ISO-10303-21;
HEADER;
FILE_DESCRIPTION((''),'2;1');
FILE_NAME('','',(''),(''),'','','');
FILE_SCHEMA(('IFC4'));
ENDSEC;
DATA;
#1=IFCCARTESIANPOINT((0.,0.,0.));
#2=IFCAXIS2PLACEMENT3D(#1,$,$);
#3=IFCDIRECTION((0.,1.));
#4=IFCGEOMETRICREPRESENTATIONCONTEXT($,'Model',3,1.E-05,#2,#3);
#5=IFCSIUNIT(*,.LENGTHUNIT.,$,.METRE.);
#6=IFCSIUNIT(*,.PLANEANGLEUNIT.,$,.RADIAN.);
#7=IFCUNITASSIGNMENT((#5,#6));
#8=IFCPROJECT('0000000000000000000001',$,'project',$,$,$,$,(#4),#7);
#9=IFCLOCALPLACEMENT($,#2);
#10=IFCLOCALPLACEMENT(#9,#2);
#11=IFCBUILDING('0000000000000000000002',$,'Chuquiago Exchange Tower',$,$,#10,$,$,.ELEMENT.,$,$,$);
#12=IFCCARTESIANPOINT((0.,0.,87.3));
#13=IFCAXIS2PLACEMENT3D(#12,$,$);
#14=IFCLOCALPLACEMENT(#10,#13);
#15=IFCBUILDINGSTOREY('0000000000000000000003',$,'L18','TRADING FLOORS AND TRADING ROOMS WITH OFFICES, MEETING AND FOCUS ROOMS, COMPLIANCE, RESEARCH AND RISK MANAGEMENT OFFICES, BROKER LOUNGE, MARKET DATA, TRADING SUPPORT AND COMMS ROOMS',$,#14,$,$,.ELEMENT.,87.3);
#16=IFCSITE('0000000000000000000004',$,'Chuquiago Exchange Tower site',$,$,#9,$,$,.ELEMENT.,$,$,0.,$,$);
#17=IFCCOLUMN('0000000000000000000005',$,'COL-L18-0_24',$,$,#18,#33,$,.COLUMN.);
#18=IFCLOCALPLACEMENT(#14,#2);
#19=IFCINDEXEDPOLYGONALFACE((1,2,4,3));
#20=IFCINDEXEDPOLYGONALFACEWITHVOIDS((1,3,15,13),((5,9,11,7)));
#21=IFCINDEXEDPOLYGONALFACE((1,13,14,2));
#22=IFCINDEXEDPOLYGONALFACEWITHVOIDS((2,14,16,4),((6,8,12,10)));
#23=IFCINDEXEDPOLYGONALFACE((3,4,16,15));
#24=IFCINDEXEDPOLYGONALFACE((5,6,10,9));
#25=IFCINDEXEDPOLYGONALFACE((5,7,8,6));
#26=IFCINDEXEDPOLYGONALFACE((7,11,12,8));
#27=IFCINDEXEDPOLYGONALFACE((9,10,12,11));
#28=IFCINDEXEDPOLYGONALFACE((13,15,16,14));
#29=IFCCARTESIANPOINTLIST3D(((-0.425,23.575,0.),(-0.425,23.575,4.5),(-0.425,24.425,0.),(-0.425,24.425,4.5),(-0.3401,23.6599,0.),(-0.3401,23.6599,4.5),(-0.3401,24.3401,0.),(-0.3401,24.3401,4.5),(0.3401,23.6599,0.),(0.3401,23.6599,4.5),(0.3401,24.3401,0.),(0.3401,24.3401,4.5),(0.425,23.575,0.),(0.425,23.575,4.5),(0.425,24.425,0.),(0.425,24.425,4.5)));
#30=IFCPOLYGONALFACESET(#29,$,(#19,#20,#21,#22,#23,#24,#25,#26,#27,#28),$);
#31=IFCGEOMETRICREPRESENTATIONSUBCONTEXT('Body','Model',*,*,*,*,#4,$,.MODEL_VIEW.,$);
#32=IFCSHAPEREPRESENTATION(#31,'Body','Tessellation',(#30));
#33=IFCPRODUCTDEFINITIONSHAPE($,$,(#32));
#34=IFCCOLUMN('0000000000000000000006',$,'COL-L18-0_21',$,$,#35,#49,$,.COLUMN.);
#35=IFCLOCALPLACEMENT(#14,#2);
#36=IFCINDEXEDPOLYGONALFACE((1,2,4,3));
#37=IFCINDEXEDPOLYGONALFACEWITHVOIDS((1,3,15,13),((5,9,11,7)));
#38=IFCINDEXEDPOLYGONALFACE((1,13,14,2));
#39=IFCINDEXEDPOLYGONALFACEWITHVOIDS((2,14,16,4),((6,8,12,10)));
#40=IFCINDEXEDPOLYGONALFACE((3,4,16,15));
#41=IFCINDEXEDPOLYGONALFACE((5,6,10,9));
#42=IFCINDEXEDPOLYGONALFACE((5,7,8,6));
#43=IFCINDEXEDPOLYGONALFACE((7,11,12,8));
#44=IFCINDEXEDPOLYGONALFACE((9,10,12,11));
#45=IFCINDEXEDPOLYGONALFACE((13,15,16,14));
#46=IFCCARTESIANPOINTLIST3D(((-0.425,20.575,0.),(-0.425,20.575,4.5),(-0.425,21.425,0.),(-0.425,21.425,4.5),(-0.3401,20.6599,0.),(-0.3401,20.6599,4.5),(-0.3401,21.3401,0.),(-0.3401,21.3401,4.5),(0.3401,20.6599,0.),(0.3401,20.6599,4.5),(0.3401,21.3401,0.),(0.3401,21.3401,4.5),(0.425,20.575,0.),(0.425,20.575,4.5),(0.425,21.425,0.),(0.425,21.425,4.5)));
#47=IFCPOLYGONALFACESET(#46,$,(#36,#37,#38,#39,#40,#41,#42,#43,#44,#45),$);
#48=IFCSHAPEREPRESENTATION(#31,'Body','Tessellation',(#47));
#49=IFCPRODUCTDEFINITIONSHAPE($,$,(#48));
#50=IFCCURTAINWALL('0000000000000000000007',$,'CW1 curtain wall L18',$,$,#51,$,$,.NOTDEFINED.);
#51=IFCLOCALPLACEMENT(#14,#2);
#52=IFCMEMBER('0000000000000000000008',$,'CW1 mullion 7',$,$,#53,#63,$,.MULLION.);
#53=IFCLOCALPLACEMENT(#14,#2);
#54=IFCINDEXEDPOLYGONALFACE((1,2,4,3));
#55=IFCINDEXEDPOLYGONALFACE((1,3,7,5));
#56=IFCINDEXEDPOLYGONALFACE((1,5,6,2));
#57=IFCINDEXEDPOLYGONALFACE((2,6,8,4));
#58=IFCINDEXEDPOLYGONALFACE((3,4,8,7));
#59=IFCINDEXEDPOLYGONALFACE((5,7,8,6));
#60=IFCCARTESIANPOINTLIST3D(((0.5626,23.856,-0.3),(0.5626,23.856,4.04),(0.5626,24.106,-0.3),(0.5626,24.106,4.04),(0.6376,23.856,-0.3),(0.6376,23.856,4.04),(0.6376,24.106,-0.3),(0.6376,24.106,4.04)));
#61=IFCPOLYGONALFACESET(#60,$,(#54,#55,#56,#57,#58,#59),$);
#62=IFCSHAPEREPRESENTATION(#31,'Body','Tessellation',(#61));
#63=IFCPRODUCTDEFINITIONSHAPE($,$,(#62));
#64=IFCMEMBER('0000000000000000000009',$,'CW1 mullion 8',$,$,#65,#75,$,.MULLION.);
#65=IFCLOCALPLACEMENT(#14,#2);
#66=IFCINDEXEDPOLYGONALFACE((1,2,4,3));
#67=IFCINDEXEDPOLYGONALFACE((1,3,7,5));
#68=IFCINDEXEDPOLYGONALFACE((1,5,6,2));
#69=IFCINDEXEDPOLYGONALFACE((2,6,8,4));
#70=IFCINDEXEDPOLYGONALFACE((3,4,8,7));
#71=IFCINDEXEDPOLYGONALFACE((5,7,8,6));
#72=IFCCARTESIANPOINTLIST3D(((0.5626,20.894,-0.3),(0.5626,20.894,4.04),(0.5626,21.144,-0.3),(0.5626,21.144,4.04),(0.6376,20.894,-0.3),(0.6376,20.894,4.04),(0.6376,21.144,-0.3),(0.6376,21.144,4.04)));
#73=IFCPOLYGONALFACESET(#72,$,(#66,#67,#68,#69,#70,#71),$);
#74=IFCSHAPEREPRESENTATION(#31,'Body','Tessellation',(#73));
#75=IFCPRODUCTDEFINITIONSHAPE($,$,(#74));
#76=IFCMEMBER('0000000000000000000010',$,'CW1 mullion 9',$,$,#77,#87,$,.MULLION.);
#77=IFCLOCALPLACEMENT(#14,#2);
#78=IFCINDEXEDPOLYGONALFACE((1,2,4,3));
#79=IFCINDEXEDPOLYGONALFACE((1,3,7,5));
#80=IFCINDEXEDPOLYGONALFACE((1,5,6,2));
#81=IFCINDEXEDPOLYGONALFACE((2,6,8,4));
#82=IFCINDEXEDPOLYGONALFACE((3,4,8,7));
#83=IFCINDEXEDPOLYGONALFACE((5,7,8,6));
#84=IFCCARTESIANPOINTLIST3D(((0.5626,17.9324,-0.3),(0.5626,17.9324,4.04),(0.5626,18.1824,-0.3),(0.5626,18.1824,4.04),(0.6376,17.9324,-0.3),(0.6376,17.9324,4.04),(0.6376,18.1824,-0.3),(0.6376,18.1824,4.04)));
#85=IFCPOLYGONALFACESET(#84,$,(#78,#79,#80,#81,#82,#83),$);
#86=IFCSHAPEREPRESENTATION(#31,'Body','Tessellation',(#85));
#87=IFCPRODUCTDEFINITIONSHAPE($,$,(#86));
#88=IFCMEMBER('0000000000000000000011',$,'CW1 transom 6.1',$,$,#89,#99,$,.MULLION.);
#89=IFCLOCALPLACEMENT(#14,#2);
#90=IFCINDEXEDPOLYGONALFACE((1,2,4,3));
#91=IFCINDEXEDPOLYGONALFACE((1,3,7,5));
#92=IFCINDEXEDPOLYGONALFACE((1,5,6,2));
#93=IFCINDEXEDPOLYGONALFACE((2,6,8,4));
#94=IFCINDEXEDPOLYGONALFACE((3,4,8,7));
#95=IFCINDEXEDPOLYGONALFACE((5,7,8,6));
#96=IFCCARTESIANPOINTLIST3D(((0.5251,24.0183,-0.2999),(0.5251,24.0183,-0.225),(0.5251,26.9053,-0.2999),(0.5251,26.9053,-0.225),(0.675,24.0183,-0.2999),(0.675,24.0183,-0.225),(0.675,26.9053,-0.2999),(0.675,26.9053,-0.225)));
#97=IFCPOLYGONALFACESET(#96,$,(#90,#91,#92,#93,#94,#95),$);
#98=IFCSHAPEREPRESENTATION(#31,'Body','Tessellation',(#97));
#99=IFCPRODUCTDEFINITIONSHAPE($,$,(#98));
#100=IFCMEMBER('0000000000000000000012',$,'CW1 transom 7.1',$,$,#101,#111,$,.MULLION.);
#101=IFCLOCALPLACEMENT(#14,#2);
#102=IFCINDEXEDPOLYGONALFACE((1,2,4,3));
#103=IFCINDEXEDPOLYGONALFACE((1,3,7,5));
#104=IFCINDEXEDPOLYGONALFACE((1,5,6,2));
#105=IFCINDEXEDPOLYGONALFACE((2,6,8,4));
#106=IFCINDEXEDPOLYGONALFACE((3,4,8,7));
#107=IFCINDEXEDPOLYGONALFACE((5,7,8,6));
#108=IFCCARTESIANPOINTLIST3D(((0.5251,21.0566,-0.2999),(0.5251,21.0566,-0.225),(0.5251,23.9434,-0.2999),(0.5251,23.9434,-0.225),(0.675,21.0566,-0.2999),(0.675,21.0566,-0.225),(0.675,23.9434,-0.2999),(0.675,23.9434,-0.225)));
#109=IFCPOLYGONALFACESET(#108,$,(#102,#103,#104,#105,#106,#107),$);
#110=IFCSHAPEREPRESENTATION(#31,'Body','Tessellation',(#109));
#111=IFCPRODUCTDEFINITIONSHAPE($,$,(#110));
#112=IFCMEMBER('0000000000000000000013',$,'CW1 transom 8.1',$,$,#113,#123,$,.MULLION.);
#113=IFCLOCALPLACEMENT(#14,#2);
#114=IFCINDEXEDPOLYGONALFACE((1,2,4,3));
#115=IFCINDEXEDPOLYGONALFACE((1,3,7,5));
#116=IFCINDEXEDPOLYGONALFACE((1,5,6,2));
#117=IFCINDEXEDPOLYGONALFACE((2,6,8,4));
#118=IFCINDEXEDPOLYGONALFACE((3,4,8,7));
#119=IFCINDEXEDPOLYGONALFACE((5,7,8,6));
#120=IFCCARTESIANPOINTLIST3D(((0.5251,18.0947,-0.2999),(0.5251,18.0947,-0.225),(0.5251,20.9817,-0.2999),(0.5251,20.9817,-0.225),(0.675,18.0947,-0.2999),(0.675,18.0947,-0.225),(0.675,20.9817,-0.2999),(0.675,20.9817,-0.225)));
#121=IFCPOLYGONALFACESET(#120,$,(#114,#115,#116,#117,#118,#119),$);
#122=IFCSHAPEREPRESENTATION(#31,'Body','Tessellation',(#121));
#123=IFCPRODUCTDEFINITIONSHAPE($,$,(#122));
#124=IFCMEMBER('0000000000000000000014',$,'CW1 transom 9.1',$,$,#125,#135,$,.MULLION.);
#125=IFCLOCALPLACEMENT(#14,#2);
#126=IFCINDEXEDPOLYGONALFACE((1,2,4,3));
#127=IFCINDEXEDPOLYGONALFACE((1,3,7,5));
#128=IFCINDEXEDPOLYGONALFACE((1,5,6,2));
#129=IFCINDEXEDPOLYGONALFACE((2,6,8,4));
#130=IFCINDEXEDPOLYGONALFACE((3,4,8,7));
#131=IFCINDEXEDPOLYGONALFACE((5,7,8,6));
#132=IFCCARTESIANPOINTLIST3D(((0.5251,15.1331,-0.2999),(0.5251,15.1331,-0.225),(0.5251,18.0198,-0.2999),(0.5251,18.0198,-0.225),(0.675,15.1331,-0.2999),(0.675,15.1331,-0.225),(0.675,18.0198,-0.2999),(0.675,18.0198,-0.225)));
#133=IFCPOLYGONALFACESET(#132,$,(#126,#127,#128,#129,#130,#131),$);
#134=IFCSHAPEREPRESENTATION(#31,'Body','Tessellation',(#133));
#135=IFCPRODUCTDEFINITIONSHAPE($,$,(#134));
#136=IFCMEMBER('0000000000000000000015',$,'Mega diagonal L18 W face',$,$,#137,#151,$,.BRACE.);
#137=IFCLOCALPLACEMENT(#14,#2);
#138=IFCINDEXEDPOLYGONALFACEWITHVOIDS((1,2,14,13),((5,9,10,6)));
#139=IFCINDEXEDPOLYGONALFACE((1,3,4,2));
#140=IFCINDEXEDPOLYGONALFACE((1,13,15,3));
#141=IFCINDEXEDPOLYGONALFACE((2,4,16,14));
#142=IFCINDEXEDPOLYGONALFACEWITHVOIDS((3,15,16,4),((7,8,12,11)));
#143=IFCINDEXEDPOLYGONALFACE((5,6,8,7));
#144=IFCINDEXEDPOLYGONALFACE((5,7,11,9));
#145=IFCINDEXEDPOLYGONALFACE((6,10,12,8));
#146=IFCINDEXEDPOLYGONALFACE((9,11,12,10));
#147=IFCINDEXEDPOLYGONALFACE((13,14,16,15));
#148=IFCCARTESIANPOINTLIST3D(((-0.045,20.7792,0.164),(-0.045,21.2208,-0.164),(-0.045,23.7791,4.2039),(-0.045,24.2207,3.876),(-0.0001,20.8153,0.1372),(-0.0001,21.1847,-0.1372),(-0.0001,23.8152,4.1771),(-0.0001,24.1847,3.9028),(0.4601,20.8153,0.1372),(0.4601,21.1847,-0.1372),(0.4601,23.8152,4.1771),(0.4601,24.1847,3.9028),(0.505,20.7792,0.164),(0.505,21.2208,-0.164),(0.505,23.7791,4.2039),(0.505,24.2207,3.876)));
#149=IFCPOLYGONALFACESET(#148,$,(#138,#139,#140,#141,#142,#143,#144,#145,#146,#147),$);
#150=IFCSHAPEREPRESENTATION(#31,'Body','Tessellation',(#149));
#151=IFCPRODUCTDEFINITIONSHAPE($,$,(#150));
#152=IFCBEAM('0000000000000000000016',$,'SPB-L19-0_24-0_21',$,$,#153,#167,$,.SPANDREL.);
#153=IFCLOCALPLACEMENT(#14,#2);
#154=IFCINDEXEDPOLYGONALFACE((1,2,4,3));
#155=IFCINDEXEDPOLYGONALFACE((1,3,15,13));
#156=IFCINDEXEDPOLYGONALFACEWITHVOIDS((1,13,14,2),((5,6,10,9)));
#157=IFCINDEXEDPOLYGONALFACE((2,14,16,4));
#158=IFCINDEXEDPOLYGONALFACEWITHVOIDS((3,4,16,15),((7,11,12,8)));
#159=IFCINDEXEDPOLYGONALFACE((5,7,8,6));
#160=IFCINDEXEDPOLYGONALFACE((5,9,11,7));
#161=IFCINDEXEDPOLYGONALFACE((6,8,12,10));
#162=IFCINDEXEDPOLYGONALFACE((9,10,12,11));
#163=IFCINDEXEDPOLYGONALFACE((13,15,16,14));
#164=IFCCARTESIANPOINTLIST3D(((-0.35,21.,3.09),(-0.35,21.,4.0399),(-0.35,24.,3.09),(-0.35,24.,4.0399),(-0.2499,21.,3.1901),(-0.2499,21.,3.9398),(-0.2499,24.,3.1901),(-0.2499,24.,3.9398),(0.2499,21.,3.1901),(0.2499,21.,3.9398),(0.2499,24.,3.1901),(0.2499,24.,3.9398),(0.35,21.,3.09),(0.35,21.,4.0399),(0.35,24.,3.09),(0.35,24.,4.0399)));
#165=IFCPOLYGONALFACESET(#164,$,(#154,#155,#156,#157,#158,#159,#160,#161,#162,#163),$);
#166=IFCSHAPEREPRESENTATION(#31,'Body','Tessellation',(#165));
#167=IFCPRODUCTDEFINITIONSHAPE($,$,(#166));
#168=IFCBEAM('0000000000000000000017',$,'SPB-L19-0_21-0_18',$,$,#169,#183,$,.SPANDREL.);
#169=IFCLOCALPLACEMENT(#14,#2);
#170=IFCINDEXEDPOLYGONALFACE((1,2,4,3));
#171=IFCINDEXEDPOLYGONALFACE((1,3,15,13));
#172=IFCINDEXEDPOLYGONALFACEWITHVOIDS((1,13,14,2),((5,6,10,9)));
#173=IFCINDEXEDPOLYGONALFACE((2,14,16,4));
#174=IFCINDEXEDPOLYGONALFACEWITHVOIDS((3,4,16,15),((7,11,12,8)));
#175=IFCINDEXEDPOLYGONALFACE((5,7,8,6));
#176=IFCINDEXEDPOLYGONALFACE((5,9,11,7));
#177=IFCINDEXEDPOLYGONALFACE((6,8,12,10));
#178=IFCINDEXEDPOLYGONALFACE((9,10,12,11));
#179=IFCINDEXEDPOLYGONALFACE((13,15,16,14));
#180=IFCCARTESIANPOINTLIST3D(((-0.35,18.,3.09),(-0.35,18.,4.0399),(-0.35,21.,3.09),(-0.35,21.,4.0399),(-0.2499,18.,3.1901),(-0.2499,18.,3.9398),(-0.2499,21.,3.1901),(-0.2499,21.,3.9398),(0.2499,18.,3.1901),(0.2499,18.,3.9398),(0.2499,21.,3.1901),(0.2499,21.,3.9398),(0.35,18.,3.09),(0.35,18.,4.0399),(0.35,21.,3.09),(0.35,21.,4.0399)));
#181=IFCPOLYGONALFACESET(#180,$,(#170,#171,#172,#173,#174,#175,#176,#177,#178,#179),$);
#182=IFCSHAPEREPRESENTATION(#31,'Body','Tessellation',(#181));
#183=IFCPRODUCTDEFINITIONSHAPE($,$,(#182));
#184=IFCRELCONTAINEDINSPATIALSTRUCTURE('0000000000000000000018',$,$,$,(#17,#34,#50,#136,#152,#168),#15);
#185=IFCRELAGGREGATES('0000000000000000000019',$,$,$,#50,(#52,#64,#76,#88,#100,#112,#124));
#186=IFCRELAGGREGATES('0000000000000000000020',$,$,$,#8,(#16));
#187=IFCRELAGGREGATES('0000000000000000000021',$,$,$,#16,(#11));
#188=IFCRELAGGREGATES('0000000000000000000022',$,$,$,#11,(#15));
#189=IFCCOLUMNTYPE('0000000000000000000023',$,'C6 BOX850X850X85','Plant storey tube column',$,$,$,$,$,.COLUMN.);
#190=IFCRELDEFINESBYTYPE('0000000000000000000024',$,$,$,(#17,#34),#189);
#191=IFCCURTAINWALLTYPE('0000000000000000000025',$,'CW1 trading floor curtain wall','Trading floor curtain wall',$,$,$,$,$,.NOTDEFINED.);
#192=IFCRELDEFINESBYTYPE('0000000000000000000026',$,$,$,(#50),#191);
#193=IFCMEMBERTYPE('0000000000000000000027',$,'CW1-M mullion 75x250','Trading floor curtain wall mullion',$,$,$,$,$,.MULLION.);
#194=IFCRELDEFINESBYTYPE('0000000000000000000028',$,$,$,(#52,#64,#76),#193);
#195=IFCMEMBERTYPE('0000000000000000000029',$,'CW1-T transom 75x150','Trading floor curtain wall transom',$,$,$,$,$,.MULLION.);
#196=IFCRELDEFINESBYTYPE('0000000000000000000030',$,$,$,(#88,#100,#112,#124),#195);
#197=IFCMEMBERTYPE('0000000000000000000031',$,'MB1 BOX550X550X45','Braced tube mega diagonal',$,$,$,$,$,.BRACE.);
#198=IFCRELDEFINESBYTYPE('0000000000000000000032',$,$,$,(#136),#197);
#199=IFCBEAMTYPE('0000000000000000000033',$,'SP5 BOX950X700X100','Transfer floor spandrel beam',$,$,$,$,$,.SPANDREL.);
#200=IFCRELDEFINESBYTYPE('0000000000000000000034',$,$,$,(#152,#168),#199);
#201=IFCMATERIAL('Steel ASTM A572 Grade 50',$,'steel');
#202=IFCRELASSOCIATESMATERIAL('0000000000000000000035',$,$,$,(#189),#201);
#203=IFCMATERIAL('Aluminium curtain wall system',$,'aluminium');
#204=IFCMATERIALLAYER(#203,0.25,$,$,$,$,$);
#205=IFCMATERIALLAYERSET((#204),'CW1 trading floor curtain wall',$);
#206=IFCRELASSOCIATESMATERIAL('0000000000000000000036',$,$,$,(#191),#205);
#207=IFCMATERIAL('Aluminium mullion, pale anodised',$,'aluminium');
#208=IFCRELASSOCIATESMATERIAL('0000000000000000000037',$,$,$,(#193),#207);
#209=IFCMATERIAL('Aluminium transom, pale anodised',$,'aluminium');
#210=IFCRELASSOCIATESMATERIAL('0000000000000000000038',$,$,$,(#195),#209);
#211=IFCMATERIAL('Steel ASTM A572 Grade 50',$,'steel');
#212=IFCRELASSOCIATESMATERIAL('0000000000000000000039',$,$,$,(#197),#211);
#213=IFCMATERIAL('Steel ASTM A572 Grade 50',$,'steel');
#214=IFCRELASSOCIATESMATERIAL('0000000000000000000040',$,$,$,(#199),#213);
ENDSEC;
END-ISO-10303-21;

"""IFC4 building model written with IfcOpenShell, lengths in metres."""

from ifc_helpers import new_model, si_unit, direction, frame, origin, origin_2d, place, context, subcontext, project, spatial, rectangle, hollow_rectangle, extrude, material, layer, layer_set, material_profile, profile_set, type_object, element, aggregate, save


model = new_model("IFC4")

# Units and contexts
model_context = context("Model", 3, precision=1e-05, world=origin(), true_north=direction((0.0, 1.0)))
body_context = subcontext(model_context, "Body", "Model", "MODEL_VIEW")
ifc_project = project(units=[si_unit("LENGTHUNIT", "METRE"), si_unit("PLANEANGLEUNIT", "RADIAN")], contexts=[model_context])

# Site, building, storey
site_placement = place(None, origin())
site = spatial("IfcSite", under=ifc_project, at=site_placement, Name="Chuquiago Exchange Tower site", CompositionType="ELEMENT", RefElevation=0.0)
building_placement = place(site_placement, origin())
building = spatial("IfcBuilding", under=site, at=building_placement, Name="Chuquiago Exchange Tower", CompositionType="ELEMENT")
storey_placement = place(building_placement, frame((0.0, 0.0, 87.3)))
storey = spatial("IfcBuildingStorey", under=building, at=storey_placement, Name="L18", Description="TRADING FLOORS AND TRADING ROOMS WITH OFFICES, MEETING AND FOCUS ROOMS, COMPLIANCE, RESEARCH AND RISK MANAGEMENT OFFICES, BROKER LOUNGE, MARKET DATA, TRADING SUPPORT AND COMMS ROOMS", CompositionType="ELEMENT", Elevation=87.3)

# Columns
ifc_material_1 = material(Name="Steel ASTM A572 Grade 50", Category="steel")
ifc_material_profile_1 = material_profile(ifc_material_1, hollow_rectangle(XDim=0.8501, YDim=0.8501, WallThickness=0.085, at=origin_2d()), Name="BOX850X850X85")
ifc_profile_set_1 = profile_set([ifc_material_profile_1], Name="Steel ASTM A572 Grade 50")
column_type = type_object("IfcColumnType", Name="C6 BOX850X850X85", Description="Plant storey tube column", PredefinedType="COLUMN", material=ifc_profile_set_1)
for number, where, z_axis, x_axis, name in (
    (1, (0.0, 24.0, 0.0), (0.0, 0.0, 1.0), (-1.0, 0.0, 0.0), "COL-L18-0_24"),
    (2, (0.0, 21.0, 0.0), (0.0, 0.0, 1.0), (-1.0, 0.0, 0.0), "COL-L18-0_21"),
):
    element("IfcColumn", number, at=place(storey_placement, frame(where, z_axis=z_axis, x_axis=x_axis)), inside=storey, type_object=column_type, Name=name, PredefinedType="COLUMN", context=body_context, shape_type="SweptSolid", body=[
        extrude(hollow_rectangle(XDim=0.8501, YDim=0.8501, WallThickness=0.085, at=origin_2d()), origin(), (0.0, 0.0, 1.0), 4.5),
    ])

# Curtain wall, members
ifc_material_2 = material(Name="Aluminium curtain wall system", Category="aluminium")
ifc_layer_1 = layer(ifc_material_2, 0.25)
ifc_layer_set_1 = layer_set([ifc_layer_1], Name="CW1 trading floor curtain wall")
curtain_wall_type = type_object("IfcCurtainWallType", Name="CW1 trading floor curtain wall", Description="Trading floor curtain wall", PredefinedType="NOTDEFINED", material=ifc_layer_set_1)
curtain_wall_placement = place(storey_placement, origin())
curtain_wall = element("IfcCurtainWall", 3, at=curtain_wall_placement, inside=storey, type_object=curtain_wall_type, Name="CW1 curtain wall L18", PredefinedType="NOTDEFINED")
ifc_material_3 = material(Name="Aluminium mullion, pale anodised", Category="aluminium")
ifc_material_profile_2 = material_profile(ifc_material_3, rectangle(XDim=0.075, YDim=0.25, at=origin_2d()), Name="AL 75x250")
ifc_profile_set_2 = profile_set([ifc_material_profile_2], Name="Aluminium mullion, pale anodised")
member_type_1 = type_object("IfcMemberType", Name="CW1-M mullion 75x250", Description="Trading floor curtain wall mullion", PredefinedType="MULLION", material=ifc_profile_set_2)
member_1_placement = place(storey_placement, frame((0.6001, 23.981, -0.3), z_axis=(0.0, 0.0, 1.0), x_axis=(1.0, 0.0, 0.0)))
member_1 = element("IfcMember", 4, at=member_1_placement, type_object=member_type_1, Name="CW1 mullion 7", PredefinedType="MULLION", context=body_context, shape_type="SweptSolid", body=[
    extrude(rectangle(XDim=0.075, YDim=0.25, at=origin_2d()), origin(), (0.0, 0.0, 1.0), 4.3401),
])
member_2_placement = place(storey_placement, frame((0.6001, 21.019, -0.3), z_axis=(0.0, 0.0, 1.0), x_axis=(1.0, 0.0, 0.0)))
member_2 = element("IfcMember", 5, at=member_2_placement, type_object=member_type_1, Name="CW1 mullion 8", PredefinedType="MULLION", context=body_context, shape_type="SweptSolid", body=[
    extrude(rectangle(XDim=0.075, YDim=0.25, at=origin_2d()), origin(), (0.0, 0.0, 1.0), 4.3401),
])
member_3_placement = place(storey_placement, frame((0.6001, 18.0574, -0.3), z_axis=(0.0, 0.0, 1.0), x_axis=(1.0, 0.0, 0.0)))
member_3 = element("IfcMember", 6, at=member_3_placement, type_object=member_type_1, Name="CW1 mullion 9", PredefinedType="MULLION", context=body_context, shape_type="SweptSolid", body=[
    extrude(rectangle(XDim=0.075, YDim=0.25, at=origin_2d()), origin(), (0.0, 0.0, 1.0), 4.3401),
])
ifc_material_4 = material(Name="Aluminium transom, pale anodised", Category="aluminium")
ifc_material_profile_3 = material_profile(ifc_material_4, rectangle(XDim=0.1499, YDim=0.075, at=origin_2d()), Name="AL 150x75")
ifc_profile_set_3 = profile_set([ifc_material_profile_3], Name="Aluminium transom, pale anodised")
member_type_2 = type_object("IfcMemberType", Name="CW1-T transom 75x150", Description="Trading floor curtain wall transom", PredefinedType="MULLION", material=ifc_profile_set_3)
member_4_placement = place(storey_placement, frame((0.6001, 26.9053, -0.2625), z_axis=(0.0, -1.0, 0.0), x_axis=(1.0, 0.0, 0.0)))
member_4 = element("IfcMember", 7, at=member_4_placement, type_object=member_type_2, Name="CW1 transom 6.1", PredefinedType="MULLION", context=body_context, shape_type="SweptSolid", body=[
    extrude(rectangle(XDim=0.1499, YDim=0.075, at=origin_2d()), origin(), (0.0, 0.0, 1.0), 2.887),
])
member_5_placement = place(storey_placement, frame((0.6001, 23.9434, -0.2625), z_axis=(0.0, -1.0, 0.0), x_axis=(1.0, 0.0, 0.0)))
member_5 = element("IfcMember", 8, at=member_5_placement, type_object=member_type_2, Name="CW1 transom 7.1", PredefinedType="MULLION", context=body_context, shape_type="SweptSolid", body=[
    extrude(rectangle(XDim=0.1499, YDim=0.075, at=origin_2d()), origin(), (0.0, 0.0, 1.0), 2.8867),
])
member_6_placement = place(storey_placement, frame((0.6001, 20.9817, -0.2625), z_axis=(0.0, -1.0, 0.0), x_axis=(1.0, 0.0, 0.0)))
member_6 = element("IfcMember", 9, at=member_6_placement, type_object=member_type_2, Name="CW1 transom 8.1", PredefinedType="MULLION", context=body_context, shape_type="SweptSolid", body=[
    extrude(rectangle(XDim=0.1499, YDim=0.075, at=origin_2d()), origin(), (0.0, 0.0, 1.0), 2.887),
])
member_7_placement = place(storey_placement, frame((0.6001, 18.0198, -0.2625), z_axis=(0.0, -1.0, 0.0), x_axis=(1.0, 0.0, 0.0)))
member_7 = element("IfcMember", 10, at=member_7_placement, type_object=member_type_2, Name="CW1 transom 9.1", PredefinedType="MULLION", context=body_context, shape_type="SweptSolid", body=[
    extrude(rectangle(XDim=0.1499, YDim=0.075, at=origin_2d()), origin(), (0.0, 0.0, 1.0), 2.8867),
])

# Member
ifc_material_5 = material(Name="Steel ASTM A572 Grade 50", Category="steel")
ifc_material_profile_4 = material_profile(ifc_material_5, hollow_rectangle(XDim=0.55, YDim=0.55, WallThickness=0.0449, at=origin_2d()), Name="BOX550X550X45")
ifc_profile_set_4 = profile_set([ifc_material_profile_4], Name="Steel ASTM A572 Grade 50")
member_type_3 = type_object("IfcMemberType", Name="MB1 BOX550X550X45", Description="Braced tube mega diagonal", PredefinedType="BRACE", material=ifc_profile_set_4)
member_8_placement = place(storey_placement, frame((0.23, 21.0, 0.0), z_axis=(0.0, 0.596174, 0.802855), x_axis=(-1.0, 0.0, 0.0)))
element("IfcMember", 11, at=member_8_placement, inside=storey, type_object=member_type_3, Name="Mega diagonal L18 W face", PredefinedType="BRACE", context=body_context, shape_type="SweptSolid", body=[
    extrude(hollow_rectangle(XDim=0.55, YDim=0.55, WallThickness=0.0449, at=origin_2d()), origin(), (0.0, 0.0, 1.0), 5.032),
])

# Beams
ifc_material_6 = material(Name="Steel ASTM A572 Grade 50", Category="steel")
ifc_material_profile_5 = material_profile(ifc_material_6, hollow_rectangle(XDim=0.7, YDim=0.95, WallThickness=0.1001, at=origin_2d()), Name="BOX950X700X100")
ifc_profile_set_5 = profile_set([ifc_material_profile_5], Name="Steel ASTM A572 Grade 50")
beam_type = type_object("IfcBeamType", Name="SP5 BOX950X700X100", Description="Transfer floor spandrel beam", PredefinedType="SPANDREL", material=ifc_profile_set_5)
for number, where, z_axis, x_axis, name in (
    (12, (0.0, 24.0, 3.5649), (0.0, -1.0, 0.0), (1.0, 0.0, 0.0), "SPB-L19-0_24-0_21"),
    (13, (0.0, 21.0, 3.5649), (0.0, -1.0, 0.0), (1.0, 0.0, 0.0), "SPB-L19-0_21-0_18"),
):
    element("IfcBeam", number, at=place(storey_placement, frame(where, z_axis=z_axis, x_axis=x_axis)), inside=storey, type_object=beam_type, Name=name, PredefinedType="SPANDREL", context=body_context, shape_type="SweptSolid", body=[
        extrude(hollow_rectangle(XDim=0.7, YDim=0.95, WallThickness=0.1001, at=origin_2d()), origin(), (0.0, 0.0, 1.0), 3.0),
    ])

aggregate(curtain_wall, [member_1, member_2, member_3, member_4, member_5, member_6, member_7])

save(model, "model.ifc")
